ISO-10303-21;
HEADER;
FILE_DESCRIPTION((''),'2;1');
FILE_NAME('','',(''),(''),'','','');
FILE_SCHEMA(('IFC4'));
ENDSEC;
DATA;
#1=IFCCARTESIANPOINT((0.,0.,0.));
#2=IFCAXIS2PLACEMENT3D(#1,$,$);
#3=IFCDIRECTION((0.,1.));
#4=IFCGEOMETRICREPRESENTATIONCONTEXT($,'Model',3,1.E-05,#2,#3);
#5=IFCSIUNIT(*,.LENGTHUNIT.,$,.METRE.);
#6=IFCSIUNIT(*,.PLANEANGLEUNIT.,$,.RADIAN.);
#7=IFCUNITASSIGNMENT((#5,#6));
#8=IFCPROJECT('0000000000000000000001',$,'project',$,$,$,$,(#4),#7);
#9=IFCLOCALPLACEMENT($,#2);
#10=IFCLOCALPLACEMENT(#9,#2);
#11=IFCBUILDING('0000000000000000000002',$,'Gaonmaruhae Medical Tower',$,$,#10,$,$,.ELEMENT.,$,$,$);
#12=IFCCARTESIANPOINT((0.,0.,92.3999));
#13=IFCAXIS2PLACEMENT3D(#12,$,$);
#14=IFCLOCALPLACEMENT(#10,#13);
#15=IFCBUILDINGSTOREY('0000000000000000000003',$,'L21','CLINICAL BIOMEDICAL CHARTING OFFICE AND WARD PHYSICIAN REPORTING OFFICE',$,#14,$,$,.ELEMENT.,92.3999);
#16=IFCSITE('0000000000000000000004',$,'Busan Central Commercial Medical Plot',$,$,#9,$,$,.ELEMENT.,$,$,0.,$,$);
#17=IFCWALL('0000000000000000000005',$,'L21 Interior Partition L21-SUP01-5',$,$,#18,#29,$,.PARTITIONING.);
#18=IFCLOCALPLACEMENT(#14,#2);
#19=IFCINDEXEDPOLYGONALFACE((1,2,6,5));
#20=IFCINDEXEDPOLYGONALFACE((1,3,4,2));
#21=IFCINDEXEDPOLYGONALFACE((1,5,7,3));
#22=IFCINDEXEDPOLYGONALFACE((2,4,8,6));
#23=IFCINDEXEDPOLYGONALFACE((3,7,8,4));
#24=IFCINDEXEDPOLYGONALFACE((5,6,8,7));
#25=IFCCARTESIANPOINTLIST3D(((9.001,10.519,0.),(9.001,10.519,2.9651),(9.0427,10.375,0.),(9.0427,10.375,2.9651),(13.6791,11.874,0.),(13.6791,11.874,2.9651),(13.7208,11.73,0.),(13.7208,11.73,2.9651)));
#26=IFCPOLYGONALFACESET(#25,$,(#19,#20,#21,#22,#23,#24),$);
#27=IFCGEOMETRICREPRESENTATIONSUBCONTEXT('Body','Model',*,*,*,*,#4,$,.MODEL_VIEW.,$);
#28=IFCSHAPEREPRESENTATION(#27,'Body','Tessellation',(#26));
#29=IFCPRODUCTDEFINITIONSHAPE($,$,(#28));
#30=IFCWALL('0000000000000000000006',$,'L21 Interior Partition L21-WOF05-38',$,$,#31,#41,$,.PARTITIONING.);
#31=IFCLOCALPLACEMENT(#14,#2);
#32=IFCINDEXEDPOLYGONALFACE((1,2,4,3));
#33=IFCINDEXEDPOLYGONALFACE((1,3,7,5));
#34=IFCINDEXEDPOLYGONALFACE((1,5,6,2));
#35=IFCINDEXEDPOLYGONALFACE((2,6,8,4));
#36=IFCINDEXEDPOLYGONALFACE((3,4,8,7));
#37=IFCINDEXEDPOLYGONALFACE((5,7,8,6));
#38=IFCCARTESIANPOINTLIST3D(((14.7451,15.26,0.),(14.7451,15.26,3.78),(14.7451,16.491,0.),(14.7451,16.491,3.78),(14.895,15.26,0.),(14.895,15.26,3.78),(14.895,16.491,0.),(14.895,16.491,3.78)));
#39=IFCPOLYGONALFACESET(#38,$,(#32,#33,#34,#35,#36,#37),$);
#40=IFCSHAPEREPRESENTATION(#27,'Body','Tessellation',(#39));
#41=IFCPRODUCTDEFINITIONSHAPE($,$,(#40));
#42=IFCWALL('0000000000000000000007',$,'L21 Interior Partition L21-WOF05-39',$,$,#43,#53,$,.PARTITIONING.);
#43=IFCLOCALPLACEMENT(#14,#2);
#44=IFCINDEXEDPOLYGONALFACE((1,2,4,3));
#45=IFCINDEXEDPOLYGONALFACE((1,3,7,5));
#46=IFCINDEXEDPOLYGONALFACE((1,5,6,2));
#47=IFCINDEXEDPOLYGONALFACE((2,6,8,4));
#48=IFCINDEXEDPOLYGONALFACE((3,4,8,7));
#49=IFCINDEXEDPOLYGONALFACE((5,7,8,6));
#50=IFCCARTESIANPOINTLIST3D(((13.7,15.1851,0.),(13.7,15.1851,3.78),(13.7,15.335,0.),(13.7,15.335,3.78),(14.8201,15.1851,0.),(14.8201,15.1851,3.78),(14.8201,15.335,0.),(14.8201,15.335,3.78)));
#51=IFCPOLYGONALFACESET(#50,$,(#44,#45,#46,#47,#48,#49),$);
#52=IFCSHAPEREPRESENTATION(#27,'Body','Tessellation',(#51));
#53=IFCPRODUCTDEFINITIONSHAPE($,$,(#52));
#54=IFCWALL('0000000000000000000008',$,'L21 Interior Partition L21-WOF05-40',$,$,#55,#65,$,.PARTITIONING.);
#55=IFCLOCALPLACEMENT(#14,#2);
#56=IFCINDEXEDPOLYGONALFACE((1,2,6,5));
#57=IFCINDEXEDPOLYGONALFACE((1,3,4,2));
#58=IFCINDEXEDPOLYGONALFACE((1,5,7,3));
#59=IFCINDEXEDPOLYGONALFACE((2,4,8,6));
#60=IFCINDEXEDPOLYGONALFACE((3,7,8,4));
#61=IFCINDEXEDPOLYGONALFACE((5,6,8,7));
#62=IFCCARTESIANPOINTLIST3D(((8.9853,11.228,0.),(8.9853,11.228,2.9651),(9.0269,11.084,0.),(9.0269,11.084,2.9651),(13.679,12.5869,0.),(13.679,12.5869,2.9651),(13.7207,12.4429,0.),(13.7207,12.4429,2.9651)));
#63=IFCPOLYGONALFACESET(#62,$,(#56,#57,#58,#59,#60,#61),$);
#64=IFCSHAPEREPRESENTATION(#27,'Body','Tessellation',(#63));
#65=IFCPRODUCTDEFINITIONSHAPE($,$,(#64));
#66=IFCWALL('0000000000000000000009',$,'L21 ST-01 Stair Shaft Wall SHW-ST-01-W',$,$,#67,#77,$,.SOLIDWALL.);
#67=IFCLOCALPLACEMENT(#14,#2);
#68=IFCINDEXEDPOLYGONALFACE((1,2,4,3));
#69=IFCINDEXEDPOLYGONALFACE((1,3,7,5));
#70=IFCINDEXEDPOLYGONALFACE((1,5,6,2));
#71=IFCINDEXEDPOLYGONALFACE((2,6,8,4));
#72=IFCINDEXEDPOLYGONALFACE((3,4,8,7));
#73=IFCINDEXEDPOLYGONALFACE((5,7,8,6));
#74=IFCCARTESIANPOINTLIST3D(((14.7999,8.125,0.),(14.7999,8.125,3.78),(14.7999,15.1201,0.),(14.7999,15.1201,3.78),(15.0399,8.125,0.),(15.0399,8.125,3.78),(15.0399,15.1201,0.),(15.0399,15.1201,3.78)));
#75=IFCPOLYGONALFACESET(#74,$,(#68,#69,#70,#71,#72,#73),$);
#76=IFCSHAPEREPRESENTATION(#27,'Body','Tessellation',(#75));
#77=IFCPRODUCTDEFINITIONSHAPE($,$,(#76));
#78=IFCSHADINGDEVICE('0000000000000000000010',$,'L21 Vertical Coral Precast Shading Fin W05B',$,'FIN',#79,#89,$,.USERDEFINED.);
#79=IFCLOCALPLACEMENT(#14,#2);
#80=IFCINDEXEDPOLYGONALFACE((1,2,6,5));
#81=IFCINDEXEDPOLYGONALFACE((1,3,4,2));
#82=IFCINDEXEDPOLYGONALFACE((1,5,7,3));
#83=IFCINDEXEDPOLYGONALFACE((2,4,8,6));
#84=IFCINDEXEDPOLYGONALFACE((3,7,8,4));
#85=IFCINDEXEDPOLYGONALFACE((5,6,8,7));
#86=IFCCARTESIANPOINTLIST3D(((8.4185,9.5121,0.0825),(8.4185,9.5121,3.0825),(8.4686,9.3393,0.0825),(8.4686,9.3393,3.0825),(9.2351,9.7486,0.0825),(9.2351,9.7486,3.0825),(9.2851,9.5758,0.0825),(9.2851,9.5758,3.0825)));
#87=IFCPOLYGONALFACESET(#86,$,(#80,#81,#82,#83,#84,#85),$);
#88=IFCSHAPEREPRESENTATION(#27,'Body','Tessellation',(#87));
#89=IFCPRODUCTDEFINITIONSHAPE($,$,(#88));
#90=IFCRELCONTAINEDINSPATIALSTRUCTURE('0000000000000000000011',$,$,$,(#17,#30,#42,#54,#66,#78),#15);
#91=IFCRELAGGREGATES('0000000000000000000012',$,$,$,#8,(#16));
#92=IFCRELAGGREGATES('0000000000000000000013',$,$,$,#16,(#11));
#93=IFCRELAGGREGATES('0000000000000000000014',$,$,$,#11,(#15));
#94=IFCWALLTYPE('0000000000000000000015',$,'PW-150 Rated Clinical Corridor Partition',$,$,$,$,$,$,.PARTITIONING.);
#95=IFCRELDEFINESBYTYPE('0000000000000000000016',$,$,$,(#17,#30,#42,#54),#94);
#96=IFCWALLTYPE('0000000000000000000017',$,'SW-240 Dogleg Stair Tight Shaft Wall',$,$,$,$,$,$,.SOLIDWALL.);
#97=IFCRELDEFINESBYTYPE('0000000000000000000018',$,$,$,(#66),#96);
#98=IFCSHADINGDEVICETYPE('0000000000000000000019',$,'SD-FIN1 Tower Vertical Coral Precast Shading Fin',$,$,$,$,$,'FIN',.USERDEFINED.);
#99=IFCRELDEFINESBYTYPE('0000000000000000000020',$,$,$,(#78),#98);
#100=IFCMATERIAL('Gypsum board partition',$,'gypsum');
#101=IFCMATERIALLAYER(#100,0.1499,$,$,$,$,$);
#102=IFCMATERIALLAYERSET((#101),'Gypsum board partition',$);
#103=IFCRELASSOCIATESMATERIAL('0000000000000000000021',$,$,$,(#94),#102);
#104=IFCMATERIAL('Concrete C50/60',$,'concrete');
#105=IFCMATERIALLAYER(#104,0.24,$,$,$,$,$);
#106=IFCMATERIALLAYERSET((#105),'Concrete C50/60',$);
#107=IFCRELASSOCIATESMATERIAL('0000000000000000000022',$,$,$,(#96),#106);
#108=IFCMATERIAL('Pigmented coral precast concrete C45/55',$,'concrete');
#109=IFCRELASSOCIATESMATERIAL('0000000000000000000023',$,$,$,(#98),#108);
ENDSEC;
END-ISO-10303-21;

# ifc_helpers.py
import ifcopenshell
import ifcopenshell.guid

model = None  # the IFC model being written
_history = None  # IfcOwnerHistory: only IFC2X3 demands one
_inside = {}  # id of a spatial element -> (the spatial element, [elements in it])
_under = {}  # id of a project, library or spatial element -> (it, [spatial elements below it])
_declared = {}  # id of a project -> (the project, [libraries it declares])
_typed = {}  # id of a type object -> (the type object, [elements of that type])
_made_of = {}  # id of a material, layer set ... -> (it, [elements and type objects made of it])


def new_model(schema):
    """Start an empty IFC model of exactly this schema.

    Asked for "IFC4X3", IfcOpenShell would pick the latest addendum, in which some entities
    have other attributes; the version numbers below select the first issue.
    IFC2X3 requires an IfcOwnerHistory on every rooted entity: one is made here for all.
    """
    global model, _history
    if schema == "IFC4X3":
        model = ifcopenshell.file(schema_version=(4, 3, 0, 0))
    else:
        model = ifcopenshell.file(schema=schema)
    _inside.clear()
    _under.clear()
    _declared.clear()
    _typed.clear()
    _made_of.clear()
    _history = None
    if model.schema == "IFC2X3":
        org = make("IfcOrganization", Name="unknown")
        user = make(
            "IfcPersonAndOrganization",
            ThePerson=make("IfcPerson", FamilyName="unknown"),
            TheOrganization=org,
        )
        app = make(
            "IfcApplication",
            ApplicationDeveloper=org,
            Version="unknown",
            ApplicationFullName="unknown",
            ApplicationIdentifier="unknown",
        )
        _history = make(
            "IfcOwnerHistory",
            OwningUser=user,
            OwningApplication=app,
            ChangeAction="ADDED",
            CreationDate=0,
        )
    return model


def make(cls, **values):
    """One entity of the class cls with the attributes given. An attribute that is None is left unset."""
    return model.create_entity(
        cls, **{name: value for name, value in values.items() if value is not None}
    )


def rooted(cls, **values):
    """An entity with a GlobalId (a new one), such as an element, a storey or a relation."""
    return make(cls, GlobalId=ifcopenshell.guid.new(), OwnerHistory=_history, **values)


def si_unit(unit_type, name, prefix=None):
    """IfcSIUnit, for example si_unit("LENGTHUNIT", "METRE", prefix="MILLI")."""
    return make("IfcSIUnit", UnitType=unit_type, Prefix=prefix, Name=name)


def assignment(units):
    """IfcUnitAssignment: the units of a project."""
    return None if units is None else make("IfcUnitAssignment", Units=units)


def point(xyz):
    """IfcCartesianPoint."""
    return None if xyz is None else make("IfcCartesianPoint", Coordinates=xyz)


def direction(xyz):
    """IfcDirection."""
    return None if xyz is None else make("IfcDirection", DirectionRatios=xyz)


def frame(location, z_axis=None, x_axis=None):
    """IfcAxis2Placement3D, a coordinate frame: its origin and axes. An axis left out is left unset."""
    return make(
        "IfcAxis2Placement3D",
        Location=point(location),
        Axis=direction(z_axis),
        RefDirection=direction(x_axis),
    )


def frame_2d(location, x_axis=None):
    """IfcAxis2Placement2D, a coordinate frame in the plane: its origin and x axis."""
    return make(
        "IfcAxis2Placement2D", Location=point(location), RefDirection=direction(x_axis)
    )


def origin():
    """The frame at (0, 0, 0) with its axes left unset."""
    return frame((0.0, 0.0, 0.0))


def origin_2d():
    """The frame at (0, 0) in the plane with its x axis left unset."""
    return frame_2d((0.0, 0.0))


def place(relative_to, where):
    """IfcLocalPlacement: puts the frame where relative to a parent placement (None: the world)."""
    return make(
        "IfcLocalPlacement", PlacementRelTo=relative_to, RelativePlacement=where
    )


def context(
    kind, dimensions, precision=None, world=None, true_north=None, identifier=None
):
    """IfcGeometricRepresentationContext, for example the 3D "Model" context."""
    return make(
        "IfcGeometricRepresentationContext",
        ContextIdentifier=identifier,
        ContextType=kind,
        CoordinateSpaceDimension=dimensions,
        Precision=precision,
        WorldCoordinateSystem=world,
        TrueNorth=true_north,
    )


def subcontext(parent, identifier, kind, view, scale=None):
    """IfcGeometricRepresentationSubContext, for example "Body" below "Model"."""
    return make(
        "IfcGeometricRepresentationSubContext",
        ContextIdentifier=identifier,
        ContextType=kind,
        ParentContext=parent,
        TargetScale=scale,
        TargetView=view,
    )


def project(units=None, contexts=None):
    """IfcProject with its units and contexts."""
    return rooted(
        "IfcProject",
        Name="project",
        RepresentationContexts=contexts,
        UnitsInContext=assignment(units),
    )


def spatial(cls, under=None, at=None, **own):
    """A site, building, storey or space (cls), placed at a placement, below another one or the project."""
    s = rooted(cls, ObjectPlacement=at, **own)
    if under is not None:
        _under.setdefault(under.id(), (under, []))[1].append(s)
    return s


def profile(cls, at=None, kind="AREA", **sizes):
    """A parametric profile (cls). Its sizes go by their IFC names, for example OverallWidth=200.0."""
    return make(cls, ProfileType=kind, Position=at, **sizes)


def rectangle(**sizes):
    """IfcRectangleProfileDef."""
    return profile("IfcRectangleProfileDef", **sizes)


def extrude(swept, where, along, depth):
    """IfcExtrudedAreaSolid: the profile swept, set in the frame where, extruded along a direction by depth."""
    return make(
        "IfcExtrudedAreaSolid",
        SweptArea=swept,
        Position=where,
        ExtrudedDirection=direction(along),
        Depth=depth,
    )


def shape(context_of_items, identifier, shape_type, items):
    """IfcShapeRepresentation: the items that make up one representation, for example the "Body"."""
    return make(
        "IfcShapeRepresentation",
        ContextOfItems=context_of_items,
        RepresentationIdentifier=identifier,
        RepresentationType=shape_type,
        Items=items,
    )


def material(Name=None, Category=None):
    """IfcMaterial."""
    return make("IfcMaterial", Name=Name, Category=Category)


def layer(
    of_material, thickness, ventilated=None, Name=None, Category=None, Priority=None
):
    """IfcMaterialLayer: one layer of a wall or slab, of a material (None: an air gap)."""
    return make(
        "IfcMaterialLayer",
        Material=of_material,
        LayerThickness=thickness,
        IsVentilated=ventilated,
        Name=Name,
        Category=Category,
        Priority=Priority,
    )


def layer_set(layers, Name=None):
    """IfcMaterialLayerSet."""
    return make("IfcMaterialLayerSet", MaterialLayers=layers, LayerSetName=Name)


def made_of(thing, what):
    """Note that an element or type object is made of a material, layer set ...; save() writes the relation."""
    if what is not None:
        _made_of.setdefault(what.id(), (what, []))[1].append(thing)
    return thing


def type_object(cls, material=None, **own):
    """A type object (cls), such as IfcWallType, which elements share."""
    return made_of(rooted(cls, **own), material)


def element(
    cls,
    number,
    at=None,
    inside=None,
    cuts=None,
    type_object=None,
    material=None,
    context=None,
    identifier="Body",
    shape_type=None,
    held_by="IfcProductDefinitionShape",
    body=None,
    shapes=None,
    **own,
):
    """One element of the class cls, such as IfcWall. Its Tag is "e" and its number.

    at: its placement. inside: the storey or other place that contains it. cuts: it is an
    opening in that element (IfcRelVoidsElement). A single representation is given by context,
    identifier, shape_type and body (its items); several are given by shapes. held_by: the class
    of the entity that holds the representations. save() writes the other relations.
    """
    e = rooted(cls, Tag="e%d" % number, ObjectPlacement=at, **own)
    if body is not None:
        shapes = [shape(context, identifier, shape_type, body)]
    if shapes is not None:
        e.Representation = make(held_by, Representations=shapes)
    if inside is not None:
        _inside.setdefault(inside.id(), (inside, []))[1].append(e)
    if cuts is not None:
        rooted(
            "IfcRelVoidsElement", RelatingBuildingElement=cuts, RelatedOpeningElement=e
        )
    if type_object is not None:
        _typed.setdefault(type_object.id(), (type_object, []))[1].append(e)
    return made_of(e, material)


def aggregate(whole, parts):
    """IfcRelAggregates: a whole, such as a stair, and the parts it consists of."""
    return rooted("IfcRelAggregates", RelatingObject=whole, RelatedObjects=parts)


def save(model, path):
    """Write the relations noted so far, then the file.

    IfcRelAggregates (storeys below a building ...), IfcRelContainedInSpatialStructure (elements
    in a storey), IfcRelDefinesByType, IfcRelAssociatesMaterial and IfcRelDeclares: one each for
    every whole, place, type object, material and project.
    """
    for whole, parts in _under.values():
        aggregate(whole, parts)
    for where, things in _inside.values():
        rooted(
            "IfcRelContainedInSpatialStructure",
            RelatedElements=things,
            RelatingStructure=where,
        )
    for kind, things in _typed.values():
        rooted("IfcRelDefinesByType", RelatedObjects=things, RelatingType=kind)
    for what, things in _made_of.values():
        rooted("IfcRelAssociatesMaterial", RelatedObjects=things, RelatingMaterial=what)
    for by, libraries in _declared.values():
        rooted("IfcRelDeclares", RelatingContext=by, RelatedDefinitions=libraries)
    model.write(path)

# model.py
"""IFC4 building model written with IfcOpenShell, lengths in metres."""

from ifc_helpers import new_model, si_unit, direction, frame, frame_2d, origin, origin_2d, place, context, subcontext, project, spatial, rectangle, extrude, material, layer, layer_set, type_object, element, save


model = new_model("IFC4")

# Units and contexts
model_context = context("Model", 3, precision=1e-05, world=origin(), true_north=direction((0.0, 1.0)))
body_context = subcontext(model_context, "Body", "Model", "MODEL_VIEW")
ifc_project = project(units=[si_unit("LENGTHUNIT", "METRE"), si_unit("PLANEANGLEUNIT", "RADIAN")], contexts=[model_context])

# Site, building, storey
site_placement = place(None, origin())
site = spatial("IfcSite", under=ifc_project, at=site_placement, Name="Busan Central Commercial Medical Plot", CompositionType="ELEMENT", RefElevation=0.0)
building_placement = place(site_placement, origin())
building = spatial("IfcBuilding", under=site, at=building_placement, Name="Gaonmaruhae Medical Tower", CompositionType="ELEMENT")
storey_placement = place(building_placement, frame((0.0, 0.0, 92.3999)))
storey = spatial("IfcBuildingStorey", under=building, at=storey_placement, Name="L21", Description="CLINICAL BIOMEDICAL CHARTING OFFICE AND WARD PHYSICIAN REPORTING OFFICE", CompositionType="ELEMENT", Elevation=92.3999)

# Walls
ifc_material_1 = material(Name="Gypsum board partition", Category="gypsum")
ifc_layer_1 = layer(ifc_material_1, 0.1499)
ifc_layer_set_1 = layer_set([ifc_layer_1], Name="Gypsum board partition")
wall_type_1 = type_object("IfcWallType", Name="PW-150 Rated Clinical Corridor Partition", PredefinedType="PARTITIONING", material=ifc_layer_set_1)
wall_1_placement = place(storey_placement, frame((9.022, 10.447, 0.0), z_axis=(0.0, 0.0, 1.0), x_axis=(0.960519, 0.278215, 0.0)))
element("IfcWall", 1, at=wall_1_placement, inside=storey, type_object=wall_type_1, Name="L21 Interior Partition L21-SUP01-5", PredefinedType="PARTITIONING", context=body_context, shape_type="SweptSolid", body=[
    extrude(rectangle(XDim=4.8704, YDim=0.1499, at=frame_2d((2.4351, 0.0))), origin(), (0.0, 0.0, 1.0), 2.9651),
])
wall_2_placement = place(storey_placement, frame((14.8201, 16.491, 0.0), z_axis=(0.0, 0.0, 1.0), x_axis=(0.0, -1.0, 0.0)))
element("IfcWall", 2, at=wall_2_placement, inside=storey, type_object=wall_type_1, Name="L21 Interior Partition L21-WOF05-38", PredefinedType="PARTITIONING", context=body_context, shape_type="SweptSolid", body=[
    extrude(rectangle(XDim=1.231, YDim=0.1499, at=frame_2d((0.6155, 0.0))), origin(), (0.0, 0.0, 1.0), 3.78),
])
wall_3_placement = place(storey_placement, frame((14.8201, 15.26, 0.0), z_axis=(0.0, 0.0, 1.0), x_axis=(-1.0, 0.0, 0.0)))
element("IfcWall", 3, at=wall_3_placement, inside=storey, type_object=wall_type_1, Name="L21 Interior Partition L21-WOF05-39", PredefinedType="PARTITIONING", context=body_context, shape_type="SweptSolid", body=[
    extrude(rectangle(XDim=1.1201, YDim=0.1499, at=frame_2d((0.5601, 0.0))), origin(), (0.0, 0.0, 1.0), 3.78),
])
wall_4_placement = place(storey_placement, frame((13.7, 12.5149, 0.0), z_axis=(0.0, 0.0, 1.0), x_axis=(-0.960557, -0.278085, 0.0)))
element("IfcWall", 4, at=wall_4_placement, inside=storey, type_object=wall_type_1, Name="L21 Interior Partition L21-WOF05-40", PredefinedType="PARTITIONING", context=body_context, shape_type="SweptSolid", body=[
    extrude(rectangle(XDim=4.8865, YDim=0.1499, at=frame_2d((2.4434, 0.0))), origin(), (0.0, 0.0, 1.0), 2.9651),
])
ifc_material_2 = material(Name="Concrete C50/60", Category="concrete")
ifc_layer_2 = layer(ifc_material_2, 0.24)
ifc_layer_set_2 = layer_set([ifc_layer_2], Name="Concrete C50/60")
wall_type_2 = type_object("IfcWallType", Name="SW-240 Dogleg Stair Tight Shaft Wall", PredefinedType="SOLIDWALL", material=ifc_layer_set_2)
wall_5_placement = place(storey_placement, frame((14.9199, 8.125, 0.0), z_axis=(0.0, 0.0, 1.0), x_axis=(0.0, 1.0, 0.0)))
element("IfcWall", 5, at=wall_5_placement, inside=storey, type_object=wall_type_2, Name="L21 ST-01 Stair Shaft Wall SHW-ST-01-W", PredefinedType="SOLIDWALL", context=body_context, shape_type="SweptSolid", body=[
    extrude(rectangle(XDim=6.9951, YDim=0.24, at=frame_2d((3.4976, 0.0))), origin(), (0.0, 0.0, 1.0), 3.78),
])

# Shading device
ifc_material_3 = material(Name="Pigmented coral precast concrete C45/55", Category="concrete")
shading_device_type = type_object("IfcShadingDeviceType", Name="SD-FIN1 Tower Vertical Coral Precast Shading Fin", ElementType="FIN", PredefinedType="USERDEFINED", material=ifc_material_3)
shading_device_placement = place(storey_placement, frame((8.8518, 9.5439, 0.0825), z_axis=(0.0, 0.0, 1.0), x_axis=(-0.278153, 0.960537, 0.0)))
element("IfcShadingDevice", 6, at=shading_device_placement, inside=storey, type_object=shading_device_type, Name="L21 Vertical Coral Precast Shading Fin W05B", ObjectType="FIN", PredefinedType="USERDEFINED", context=body_context, shape_type="SweptSolid", body=[
    extrude(rectangle(XDim=0.1799, YDim=0.8501, at=origin_2d()), origin(), (0.0, 0.0, 1.0), 3.0),
])

save(model, "model.ifc")
